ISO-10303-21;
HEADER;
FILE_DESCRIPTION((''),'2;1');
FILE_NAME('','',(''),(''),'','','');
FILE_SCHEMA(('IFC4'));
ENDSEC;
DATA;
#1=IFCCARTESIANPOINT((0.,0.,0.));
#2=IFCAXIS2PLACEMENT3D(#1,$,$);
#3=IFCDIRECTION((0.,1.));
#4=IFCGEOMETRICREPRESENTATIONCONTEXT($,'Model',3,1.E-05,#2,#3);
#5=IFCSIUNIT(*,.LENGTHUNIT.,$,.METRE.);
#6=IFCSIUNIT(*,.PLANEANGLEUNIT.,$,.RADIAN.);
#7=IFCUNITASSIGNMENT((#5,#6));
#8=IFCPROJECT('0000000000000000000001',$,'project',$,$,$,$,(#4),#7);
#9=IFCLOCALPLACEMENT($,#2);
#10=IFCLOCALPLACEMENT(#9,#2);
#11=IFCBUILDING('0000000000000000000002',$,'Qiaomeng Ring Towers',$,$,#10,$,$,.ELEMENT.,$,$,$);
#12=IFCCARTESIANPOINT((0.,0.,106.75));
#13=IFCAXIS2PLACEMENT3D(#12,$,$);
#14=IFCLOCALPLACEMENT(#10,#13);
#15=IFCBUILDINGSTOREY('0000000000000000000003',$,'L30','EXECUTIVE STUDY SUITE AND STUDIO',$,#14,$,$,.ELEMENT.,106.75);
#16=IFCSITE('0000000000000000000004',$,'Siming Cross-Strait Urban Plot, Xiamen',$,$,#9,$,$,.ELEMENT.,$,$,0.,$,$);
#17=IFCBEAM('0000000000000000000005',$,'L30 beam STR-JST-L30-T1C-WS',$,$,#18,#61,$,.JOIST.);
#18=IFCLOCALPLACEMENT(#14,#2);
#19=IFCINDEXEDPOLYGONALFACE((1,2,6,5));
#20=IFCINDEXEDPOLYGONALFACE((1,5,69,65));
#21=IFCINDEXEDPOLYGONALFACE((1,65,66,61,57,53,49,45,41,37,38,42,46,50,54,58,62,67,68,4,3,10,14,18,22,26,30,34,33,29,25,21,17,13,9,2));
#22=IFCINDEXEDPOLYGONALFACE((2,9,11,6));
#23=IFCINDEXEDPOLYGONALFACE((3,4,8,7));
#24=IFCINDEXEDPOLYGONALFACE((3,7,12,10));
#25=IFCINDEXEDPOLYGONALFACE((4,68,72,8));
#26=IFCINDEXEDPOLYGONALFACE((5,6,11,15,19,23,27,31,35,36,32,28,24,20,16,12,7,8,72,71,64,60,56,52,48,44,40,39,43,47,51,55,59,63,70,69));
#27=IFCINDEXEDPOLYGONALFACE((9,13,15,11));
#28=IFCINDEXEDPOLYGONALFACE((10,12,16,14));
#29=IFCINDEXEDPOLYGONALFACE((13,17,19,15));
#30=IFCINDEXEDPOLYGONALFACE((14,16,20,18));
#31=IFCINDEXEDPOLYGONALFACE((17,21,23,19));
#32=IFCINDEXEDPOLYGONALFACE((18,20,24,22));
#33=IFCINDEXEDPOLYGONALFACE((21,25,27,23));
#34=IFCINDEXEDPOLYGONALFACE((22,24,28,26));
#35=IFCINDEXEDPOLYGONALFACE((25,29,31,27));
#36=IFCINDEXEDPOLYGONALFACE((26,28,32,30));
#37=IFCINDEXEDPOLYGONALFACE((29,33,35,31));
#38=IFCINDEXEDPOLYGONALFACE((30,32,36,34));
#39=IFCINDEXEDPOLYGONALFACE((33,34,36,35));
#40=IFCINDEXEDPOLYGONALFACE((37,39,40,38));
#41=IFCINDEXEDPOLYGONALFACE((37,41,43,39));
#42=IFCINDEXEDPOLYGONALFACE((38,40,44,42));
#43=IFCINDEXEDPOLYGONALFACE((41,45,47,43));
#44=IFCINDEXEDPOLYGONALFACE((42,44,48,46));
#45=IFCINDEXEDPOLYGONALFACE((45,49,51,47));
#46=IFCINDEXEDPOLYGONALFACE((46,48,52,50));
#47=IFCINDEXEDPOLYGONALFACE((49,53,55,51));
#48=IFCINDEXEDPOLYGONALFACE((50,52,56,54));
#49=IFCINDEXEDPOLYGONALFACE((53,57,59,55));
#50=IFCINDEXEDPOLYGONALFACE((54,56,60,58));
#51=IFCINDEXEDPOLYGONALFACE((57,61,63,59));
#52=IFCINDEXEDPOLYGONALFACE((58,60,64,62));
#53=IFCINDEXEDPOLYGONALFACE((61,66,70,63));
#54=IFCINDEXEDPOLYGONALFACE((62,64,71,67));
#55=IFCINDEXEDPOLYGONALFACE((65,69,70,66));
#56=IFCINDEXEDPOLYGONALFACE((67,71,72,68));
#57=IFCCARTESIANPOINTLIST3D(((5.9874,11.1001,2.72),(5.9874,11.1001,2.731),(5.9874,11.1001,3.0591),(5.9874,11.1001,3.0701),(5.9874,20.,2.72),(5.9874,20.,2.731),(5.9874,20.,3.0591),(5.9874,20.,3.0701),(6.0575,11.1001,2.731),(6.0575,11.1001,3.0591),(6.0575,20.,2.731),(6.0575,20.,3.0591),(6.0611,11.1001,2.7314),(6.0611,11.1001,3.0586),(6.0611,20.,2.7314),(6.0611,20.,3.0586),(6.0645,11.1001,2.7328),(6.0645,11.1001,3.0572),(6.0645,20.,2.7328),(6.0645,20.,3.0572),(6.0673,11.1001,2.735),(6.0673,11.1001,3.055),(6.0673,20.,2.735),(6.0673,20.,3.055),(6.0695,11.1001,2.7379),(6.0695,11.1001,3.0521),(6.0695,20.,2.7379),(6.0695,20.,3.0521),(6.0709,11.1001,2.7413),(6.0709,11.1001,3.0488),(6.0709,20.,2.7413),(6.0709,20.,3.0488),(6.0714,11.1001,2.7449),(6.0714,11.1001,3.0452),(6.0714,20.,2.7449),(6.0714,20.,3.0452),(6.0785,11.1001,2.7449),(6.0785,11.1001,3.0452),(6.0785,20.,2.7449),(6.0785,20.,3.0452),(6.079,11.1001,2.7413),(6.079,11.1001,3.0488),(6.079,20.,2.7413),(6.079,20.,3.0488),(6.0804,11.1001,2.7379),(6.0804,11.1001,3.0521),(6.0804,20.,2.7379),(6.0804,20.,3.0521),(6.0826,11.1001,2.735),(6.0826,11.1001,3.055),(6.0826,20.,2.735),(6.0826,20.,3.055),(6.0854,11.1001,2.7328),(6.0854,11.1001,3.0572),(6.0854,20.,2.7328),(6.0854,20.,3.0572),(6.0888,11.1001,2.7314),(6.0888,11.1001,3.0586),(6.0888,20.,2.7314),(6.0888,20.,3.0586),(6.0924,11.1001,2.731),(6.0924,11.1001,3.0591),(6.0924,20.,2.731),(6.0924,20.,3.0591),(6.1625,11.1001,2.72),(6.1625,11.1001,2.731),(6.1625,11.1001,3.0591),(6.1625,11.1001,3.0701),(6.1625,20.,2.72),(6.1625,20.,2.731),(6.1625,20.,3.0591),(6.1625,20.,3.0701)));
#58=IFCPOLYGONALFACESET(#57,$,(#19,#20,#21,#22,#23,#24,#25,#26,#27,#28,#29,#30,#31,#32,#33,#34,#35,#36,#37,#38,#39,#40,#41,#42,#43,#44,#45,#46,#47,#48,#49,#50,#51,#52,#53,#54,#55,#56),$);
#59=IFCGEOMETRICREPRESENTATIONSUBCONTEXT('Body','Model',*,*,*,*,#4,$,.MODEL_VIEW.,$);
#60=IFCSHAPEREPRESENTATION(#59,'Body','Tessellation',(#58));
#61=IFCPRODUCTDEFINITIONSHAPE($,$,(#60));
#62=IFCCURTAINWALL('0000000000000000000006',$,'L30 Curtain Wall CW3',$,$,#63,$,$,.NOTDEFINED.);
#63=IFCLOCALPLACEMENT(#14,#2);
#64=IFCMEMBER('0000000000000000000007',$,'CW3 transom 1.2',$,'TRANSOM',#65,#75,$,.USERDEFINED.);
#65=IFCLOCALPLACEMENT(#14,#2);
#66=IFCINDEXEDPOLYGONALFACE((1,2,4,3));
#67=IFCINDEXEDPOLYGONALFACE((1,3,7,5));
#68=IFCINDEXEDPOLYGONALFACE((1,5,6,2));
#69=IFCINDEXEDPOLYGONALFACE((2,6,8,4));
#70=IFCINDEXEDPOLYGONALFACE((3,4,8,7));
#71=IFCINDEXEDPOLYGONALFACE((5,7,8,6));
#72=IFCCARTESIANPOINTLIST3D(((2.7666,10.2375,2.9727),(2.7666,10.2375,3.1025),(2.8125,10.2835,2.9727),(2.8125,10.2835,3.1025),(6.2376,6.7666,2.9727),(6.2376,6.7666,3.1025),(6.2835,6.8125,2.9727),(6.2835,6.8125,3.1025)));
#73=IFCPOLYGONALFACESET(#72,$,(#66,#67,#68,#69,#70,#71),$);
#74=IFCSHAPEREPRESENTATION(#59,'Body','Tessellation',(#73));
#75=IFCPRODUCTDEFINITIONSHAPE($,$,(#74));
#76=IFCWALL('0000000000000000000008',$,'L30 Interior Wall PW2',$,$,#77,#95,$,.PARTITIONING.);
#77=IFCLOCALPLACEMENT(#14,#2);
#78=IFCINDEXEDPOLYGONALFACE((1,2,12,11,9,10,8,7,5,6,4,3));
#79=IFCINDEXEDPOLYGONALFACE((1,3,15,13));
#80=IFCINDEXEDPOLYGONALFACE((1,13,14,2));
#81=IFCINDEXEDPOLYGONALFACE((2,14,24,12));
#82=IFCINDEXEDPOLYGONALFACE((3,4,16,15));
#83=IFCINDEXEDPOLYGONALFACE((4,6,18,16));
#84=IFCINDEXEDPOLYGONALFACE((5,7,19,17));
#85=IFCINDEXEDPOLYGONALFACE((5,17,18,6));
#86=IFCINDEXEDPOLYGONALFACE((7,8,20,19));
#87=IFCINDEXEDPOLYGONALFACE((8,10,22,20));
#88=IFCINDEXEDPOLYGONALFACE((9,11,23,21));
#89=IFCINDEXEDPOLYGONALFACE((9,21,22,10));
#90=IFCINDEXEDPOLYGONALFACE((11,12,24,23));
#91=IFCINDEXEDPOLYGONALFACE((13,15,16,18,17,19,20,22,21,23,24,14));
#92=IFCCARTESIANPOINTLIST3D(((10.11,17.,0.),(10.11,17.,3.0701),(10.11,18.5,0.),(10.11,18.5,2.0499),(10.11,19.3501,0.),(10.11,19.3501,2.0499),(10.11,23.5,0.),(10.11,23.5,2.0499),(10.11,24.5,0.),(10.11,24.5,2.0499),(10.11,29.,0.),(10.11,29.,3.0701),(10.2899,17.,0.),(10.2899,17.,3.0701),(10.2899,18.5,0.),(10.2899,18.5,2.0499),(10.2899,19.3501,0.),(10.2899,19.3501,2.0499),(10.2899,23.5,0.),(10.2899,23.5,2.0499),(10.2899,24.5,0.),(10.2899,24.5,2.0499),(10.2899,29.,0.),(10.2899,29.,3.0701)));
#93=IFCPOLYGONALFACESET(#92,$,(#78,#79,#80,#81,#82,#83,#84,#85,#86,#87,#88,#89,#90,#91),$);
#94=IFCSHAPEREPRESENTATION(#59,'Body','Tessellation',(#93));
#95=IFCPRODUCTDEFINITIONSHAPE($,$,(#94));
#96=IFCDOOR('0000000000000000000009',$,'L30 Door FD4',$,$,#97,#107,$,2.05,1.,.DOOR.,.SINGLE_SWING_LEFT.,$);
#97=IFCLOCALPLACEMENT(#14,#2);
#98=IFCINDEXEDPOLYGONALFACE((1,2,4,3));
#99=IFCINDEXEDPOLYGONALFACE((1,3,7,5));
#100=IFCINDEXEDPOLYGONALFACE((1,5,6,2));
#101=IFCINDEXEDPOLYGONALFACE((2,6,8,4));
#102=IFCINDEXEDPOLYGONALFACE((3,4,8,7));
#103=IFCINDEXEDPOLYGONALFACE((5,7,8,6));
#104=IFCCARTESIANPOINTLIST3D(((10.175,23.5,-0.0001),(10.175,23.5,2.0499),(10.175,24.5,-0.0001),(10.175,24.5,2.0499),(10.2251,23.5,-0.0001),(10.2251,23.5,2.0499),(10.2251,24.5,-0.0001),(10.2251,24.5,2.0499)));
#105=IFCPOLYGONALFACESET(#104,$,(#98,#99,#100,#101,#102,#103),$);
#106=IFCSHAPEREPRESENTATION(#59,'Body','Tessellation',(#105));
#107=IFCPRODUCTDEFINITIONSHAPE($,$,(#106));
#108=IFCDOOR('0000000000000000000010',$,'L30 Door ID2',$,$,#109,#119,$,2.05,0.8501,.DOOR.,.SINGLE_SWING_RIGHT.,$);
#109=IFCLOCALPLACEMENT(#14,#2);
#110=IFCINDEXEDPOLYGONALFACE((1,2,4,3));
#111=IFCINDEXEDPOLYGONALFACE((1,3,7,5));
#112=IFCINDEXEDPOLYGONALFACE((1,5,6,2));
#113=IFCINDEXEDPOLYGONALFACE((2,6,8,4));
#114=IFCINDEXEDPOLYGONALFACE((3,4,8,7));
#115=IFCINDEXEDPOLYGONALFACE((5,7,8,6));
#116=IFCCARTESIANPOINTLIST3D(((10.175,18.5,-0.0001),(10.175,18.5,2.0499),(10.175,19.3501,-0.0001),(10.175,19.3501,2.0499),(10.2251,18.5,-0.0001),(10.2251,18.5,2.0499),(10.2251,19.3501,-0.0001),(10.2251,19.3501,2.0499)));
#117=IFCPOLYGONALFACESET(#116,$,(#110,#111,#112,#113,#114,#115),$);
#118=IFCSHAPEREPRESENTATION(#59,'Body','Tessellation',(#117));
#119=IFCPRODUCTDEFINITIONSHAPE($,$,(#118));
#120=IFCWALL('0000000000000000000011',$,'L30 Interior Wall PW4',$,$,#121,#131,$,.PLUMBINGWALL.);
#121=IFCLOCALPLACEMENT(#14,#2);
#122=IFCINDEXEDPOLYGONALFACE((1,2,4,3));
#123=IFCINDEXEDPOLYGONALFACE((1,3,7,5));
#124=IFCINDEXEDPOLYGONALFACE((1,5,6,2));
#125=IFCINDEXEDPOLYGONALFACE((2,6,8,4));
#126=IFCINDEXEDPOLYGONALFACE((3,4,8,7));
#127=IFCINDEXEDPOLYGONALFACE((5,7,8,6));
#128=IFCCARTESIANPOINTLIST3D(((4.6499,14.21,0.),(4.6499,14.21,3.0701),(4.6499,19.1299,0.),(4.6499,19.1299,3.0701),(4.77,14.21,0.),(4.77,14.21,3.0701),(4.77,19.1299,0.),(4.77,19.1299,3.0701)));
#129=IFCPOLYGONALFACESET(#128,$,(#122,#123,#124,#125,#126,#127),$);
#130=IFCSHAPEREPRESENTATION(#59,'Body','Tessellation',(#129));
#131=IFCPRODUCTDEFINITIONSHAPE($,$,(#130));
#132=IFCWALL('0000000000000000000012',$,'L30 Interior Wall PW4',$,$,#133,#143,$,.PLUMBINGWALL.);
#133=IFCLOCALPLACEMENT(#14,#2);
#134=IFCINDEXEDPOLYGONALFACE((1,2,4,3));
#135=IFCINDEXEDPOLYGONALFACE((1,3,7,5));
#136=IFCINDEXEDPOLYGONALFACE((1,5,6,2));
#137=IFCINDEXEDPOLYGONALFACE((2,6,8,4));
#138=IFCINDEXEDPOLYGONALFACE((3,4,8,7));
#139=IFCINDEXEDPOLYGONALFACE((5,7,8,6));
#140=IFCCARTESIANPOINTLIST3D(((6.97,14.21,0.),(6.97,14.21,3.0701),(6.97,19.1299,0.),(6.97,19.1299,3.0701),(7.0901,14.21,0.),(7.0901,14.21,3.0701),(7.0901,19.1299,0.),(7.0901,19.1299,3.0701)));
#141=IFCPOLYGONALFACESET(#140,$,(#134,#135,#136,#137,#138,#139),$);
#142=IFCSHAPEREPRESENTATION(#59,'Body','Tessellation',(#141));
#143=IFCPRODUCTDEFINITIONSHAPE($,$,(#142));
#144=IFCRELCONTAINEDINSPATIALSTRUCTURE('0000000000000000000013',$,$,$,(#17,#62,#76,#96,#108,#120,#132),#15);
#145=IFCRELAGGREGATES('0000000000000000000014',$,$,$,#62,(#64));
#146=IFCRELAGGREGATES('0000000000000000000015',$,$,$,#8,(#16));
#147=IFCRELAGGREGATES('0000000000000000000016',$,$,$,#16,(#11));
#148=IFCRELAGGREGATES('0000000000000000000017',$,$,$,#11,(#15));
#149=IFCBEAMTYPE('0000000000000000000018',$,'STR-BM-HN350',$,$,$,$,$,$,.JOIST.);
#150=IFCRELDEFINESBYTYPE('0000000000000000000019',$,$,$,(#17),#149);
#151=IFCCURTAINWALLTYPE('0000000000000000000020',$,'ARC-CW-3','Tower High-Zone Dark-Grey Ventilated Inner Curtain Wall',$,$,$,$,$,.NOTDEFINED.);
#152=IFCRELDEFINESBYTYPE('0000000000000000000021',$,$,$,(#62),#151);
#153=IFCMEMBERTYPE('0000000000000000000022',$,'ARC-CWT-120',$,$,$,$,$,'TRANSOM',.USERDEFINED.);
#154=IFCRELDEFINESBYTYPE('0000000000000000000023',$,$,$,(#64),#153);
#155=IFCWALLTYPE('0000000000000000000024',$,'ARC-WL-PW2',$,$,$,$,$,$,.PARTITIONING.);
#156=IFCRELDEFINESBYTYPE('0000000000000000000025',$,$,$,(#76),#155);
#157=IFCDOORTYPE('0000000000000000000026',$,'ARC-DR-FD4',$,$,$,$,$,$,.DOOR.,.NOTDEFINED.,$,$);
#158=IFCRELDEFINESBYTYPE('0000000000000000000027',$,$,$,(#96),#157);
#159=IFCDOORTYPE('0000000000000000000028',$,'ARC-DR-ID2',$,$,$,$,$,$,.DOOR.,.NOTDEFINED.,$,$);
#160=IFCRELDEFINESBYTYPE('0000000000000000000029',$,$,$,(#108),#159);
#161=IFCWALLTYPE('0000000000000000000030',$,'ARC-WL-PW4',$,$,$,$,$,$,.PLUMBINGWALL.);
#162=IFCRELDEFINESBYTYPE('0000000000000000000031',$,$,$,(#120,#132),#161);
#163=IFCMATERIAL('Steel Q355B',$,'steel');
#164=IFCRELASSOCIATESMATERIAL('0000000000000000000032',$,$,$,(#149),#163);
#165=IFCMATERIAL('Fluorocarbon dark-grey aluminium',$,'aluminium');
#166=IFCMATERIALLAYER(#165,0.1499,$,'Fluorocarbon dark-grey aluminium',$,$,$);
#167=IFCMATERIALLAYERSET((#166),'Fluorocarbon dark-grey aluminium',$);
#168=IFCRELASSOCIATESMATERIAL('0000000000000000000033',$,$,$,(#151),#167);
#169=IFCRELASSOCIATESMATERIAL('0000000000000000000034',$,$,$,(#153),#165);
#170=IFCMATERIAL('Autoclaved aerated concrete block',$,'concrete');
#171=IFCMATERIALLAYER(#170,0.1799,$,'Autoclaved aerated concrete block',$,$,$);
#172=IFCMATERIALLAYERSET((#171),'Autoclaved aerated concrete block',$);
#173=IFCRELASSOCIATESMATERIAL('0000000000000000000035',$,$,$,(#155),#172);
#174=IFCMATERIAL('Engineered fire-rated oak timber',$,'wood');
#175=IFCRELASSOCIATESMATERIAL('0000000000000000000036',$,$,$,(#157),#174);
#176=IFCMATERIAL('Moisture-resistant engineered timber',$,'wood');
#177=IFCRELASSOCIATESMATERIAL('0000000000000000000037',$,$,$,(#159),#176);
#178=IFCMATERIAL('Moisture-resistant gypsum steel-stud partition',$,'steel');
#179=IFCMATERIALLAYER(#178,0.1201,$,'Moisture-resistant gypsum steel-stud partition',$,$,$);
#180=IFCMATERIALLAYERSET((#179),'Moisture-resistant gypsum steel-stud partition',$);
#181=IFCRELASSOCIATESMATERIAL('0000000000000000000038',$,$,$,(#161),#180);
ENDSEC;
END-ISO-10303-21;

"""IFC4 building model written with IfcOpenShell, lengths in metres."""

from ifc_helpers import new_model, si_unit, direction, frame, frame_2d, origin, origin_2d, place, context, subcontext, project, spatial, rectangle, i_section, extrude, source, transform, mapped, material, layer, layer_set, material_profile, profile_set, type_object, element, fill, aggregate, save


model = new_model("IFC4")

# Units and contexts
model_context = context("Model", 3, precision=1e-05, world=origin(), true_north=direction((0.0, 1.0)))
body_context = subcontext(model_context, "Body", "Model", "MODEL_VIEW")
ifc_project = project(units=[si_unit("LENGTHUNIT", "METRE"), si_unit("PLANEANGLEUNIT", "RADIAN")], contexts=[model_context])

# Site, building, storey
site_placement = place(None, origin())
site = spatial("IfcSite", under=ifc_project, at=site_placement, Name="Siming Cross-Strait Urban Plot, Xiamen", CompositionType="ELEMENT", RefElevation=0.0)
building_placement = place(site_placement, origin())
building = spatial("IfcBuilding", under=site, at=building_placement, Name="Qiaomeng Ring Towers", CompositionType="ELEMENT")
storey_placement = place(building_placement, frame((0.0, 0.0, 106.75)))
storey = spatial("IfcBuildingStorey", under=building, at=storey_placement, Name="L30", Description="EXECUTIVE STUDY SUITE AND STUDIO", CompositionType="ELEMENT", Elevation=106.75)

# Beam
ifc_material_1 = material(Name="Steel Q355B", Category="steel")
ifc_material_profile_1 = material_profile(ifc_material_1, i_section(OverallWidth=0.175, OverallDepth=0.3501, WebThickness=0.0071, FlangeThickness=0.011, FilletRadius=0.0139, at=origin_2d()), Name="HN 350x175x7x11")
ifc_profile_set_1 = profile_set([ifc_material_profile_1], Name="Steel Q355B")
beam_type = type_object("IfcBeamType", Name="STR-BM-HN350", PredefinedType="JOIST", material=ifc_profile_set_1)
shared_shape_1 = source(origin(), body_context, "Body", "SweptSolid", [
    extrude(i_section(OverallWidth=0.175, OverallDepth=0.3501, WebThickness=0.0071, FlangeThickness=0.011, FilletRadius=0.0139, at=origin_2d()), origin(), (0.0, 0.0, 1.0), 8.8999),
])
beam_placement = place(storey_placement, frame((6.075, 11.1001, 2.895), z_axis=(0.0, 1.0, 0.0), x_axis=(-1.0, 0.0, 0.0)))
element("IfcBeam", 1, at=beam_placement, inside=storey, type_object=beam_type, Name="L30 beam STR-JST-L30-T1C-WS", PredefinedType="JOIST", context=body_context, shape_type="MappedRepresentation", body=[
    mapped(shared_shape_1, transform((0.0, 0.0, 0.0), x_axis=(1.0, 0.0, 0.0), y_axis=(0.0, 1.0, 0.0), z_axis=(0.0, 0.0, 1.0), scale=1.0)),
])

# Curtain wall, member
ifc_material_2 = material(Name="Fluorocarbon dark-grey aluminium", Category="aluminium")
ifc_layer_1 = layer(ifc_material_2, 0.1499, Name="Fluorocarbon dark-grey aluminium")
ifc_layer_set_1 = layer_set([ifc_layer_1], Name="Fluorocarbon dark-grey aluminium")
curtain_wall_type = type_object("IfcCurtainWallType", Name="ARC-CW-3", Description="Tower High-Zone Dark-Grey Ventilated Inner Curtain Wall", PredefinedType="NOTDEFINED", material=ifc_layer_set_1)
curtain_wall_placement = place(storey_placement, origin())
curtain_wall = element("IfcCurtainWall", 2, at=curtain_wall_placement, inside=storey, type_object=curtain_wall_type, Name="L30 Curtain Wall CW3", PredefinedType="NOTDEFINED")
ifc_material_profile_2 = material_profile(ifc_material_2, rectangle(XDim=0.0649, YDim=0.1299, at=origin_2d()), Name="ALU TRAN 65x130")
ifc_profile_set_2 = profile_set([ifc_material_profile_2], Name="Fluorocarbon dark-grey aluminium")
member_type = type_object("IfcMemberType", Name="ARC-CWT-120", ElementType="TRANSOM", PredefinedType="USERDEFINED", material=ifc_profile_set_2)
shared_shape_2 = source(origin(), body_context, "Body", "SweptSolid", [
    extrude(rectangle(XDim=0.0649, YDim=0.1299, at=origin_2d()), origin(), (0.0, 0.0, 1.0), 4.9087),
])
member_placement = place(storey_placement, frame((2.7896, 10.2605, 3.0376), z_axis=(0.707107, -0.707107, 0.0), x_axis=(0.707107, 0.707107, 0.0)))
member = element("IfcMember", 3, at=member_placement, type_object=member_type, Name="CW3 transom 1.2", ObjectType="TRANSOM", PredefinedType="USERDEFINED", context=body_context, shape_type="MappedRepresentation", body=[
    mapped(shared_shape_2, transform((0.0, 0.0, 0.0), x_axis=(1.0, 0.0, 0.0), y_axis=(0.0, 1.0, 0.0), z_axis=(0.0, 0.0, 1.0), scale=1.0)),
])
aggregate(curtain_wall, [member])

# Wall, openings, doors
ifc_material_3 = material(Name="Autoclaved aerated concrete block", Category="concrete")
ifc_layer_2 = layer(ifc_material_3, 0.1799, Name="Autoclaved aerated concrete block")
ifc_layer_set_2 = layer_set([ifc_layer_2], Name="Autoclaved aerated concrete block")
wall_type_1 = type_object("IfcWallType", Name="ARC-WL-PW2", PredefinedType="PARTITIONING", material=ifc_layer_set_2)
wall_1_placement = place(storey_placement, frame((10.2, 17.0, 0.0), z_axis=(0.0, 0.0, 1.0), x_axis=(0.0, 1.0, 0.0)))
wall_1 = element("IfcWall", 4, at=wall_1_placement, inside=storey, type_object=wall_type_1, Name="L30 Interior Wall PW2", PredefinedType="PARTITIONING", context=body_context, shape_type="SweptSolid", body=[
    extrude(rectangle(XDim=12.0, YDim=0.1799, at=frame_2d((6.0, 0.0))), origin(), (0.0, 0.0, 1.0), 3.0701),
])
opening_1_placement = place(wall_1_placement, frame((1.5, 0.0, 0.0)))
opening_1 = element("IfcOpeningElement", 5, at=opening_1_placement, cuts=wall_1, PredefinedType="OPENING", context=body_context, shape_type="SweptSolid", body=[
    extrude(rectangle(XDim=0.8501, YDim=2.05, at=frame_2d((0.425, 1.0249))), frame((0.0, 0.0999, 0.0), z_axis=(0.0, -1.0, 0.0), x_axis=(1.0, 0.0, 0.0)), (0.0, 0.0, 1.0), 0.2),
])
opening_2_placement = place(wall_1_placement, frame((6.5, 0.0, 0.0)))
opening_2 = element("IfcOpeningElement", 6, at=opening_2_placement, cuts=wall_1, PredefinedType="OPENING", context=body_context, shape_type="SweptSolid", body=[
    extrude(rectangle(XDim=1.0, YDim=2.05, at=frame_2d((0.5, 1.0249))), frame((0.0, 0.0999, 0.0), z_axis=(0.0, -1.0, 0.0), x_axis=(1.0, 0.0, 0.0)), (0.0, 0.0, 1.0), 0.2),
])
ifc_material_4 = material(Name="Engineered fire-rated oak timber", Category="wood")
door_type_1 = type_object("IfcDoorType", Name="ARC-DR-FD4", OperationType="NOTDEFINED", PredefinedType="DOOR", material=ifc_material_4)
shared_shape_3 = source(origin(), body_context, "Body", "SweptSolid", [
    extrude(rectangle(XDim=1.0, YDim=2.05, at=frame_2d((0.5, 1.0249))), frame((0.0, 0.0249, 0.0), z_axis=(0.0, -1.0, 0.0), x_axis=(1.0, 0.0, 0.0)), (0.0, 0.0, 1.0), 0.05),
])
door_1_placement = place(opening_2_placement, origin())
door_1 = element("IfcDoor", 7, at=door_1_placement, inside=storey, type_object=door_type_1, Name="L30 Door FD4", OperationType="SINGLE_SWING_LEFT", OverallHeight=2.05, OverallWidth=1.0, PredefinedType="DOOR", context=body_context, shape_type="MappedRepresentation", body=[
    mapped(shared_shape_3, transform((0.0, 0.0, 0.0), x_axis=(1.0, 0.0, 0.0), y_axis=(0.0, 1.0, 0.0), z_axis=(0.0, 0.0, 1.0), scale=1.0)),
])
fill(opening_2, door_1)
ifc_material_5 = material(Name="Moisture-resistant engineered timber", Category="wood")
door_type_2 = type_object("IfcDoorType", Name="ARC-DR-ID2", OperationType="NOTDEFINED", PredefinedType="DOOR", material=ifc_material_5)
shared_shape_4 = source(origin(), body_context, "Body", "SweptSolid", [
    extrude(rectangle(XDim=0.8501, YDim=2.05, at=frame_2d((0.425, 1.0249))), frame((0.0, 0.0249, 0.0), z_axis=(0.0, -1.0, 0.0), x_axis=(1.0, 0.0, 0.0)), (0.0, 0.0, 1.0), 0.05),
])
door_2_placement = place(opening_1_placement, origin())
door_2 = element("IfcDoor", 8, at=door_2_placement, inside=storey, type_object=door_type_2, Name="L30 Door ID2", OperationType="SINGLE_SWING_RIGHT", OverallHeight=2.05, OverallWidth=0.8501, PredefinedType="DOOR", context=body_context, shape_type="MappedRepresentation", body=[
    mapped(shared_shape_4, transform((0.0, 0.0, 0.0), x_axis=(1.0, 0.0, 0.0), y_axis=(0.0, 1.0, 0.0), z_axis=(0.0, 0.0, 1.0), scale=1.0)),
])
fill(opening_1, door_2)

# Walls
ifc_material_6 = material(Name="Moisture-resistant gypsum steel-stud partition", Category="steel")
ifc_layer_3 = layer(ifc_material_6, 0.1201, Name="Moisture-resistant gypsum steel-stud partition")
ifc_layer_set_3 = layer_set([ifc_layer_3], Name="Moisture-resistant gypsum steel-stud partition")
wall_type_2 = type_object("IfcWallType", Name="ARC-WL-PW4", PredefinedType="PLUMBINGWALL", material=ifc_layer_set_3)
for number, where, z_axis, x_axis, name in (
    (9, (4.71, 14.21, 0.0), (0.0, 0.0, 1.0), (0.0, 1.0, 0.0), "L30 Interior Wall PW4"),
    (10, (7.03, 14.21, 0.0), (0.0, 0.0, 1.0), (0.0, 1.0, 0.0), "L30 Interior Wall PW4"),
):
    element("IfcWall", number, at=place(storey_placement, frame(where, z_axis=z_axis, x_axis=x_axis)), inside=storey, type_object=wall_type_2, Name=name, PredefinedType="PLUMBINGWALL", context=body_context, shape_type="SweptSolid", body=[
        extrude(rectangle(XDim=4.9199, YDim=0.1201, at=frame_2d((2.46, 0.0))), origin(), (0.0, 0.0, 1.0), 3.0701),
    ])

save(model, "model.ifc")
